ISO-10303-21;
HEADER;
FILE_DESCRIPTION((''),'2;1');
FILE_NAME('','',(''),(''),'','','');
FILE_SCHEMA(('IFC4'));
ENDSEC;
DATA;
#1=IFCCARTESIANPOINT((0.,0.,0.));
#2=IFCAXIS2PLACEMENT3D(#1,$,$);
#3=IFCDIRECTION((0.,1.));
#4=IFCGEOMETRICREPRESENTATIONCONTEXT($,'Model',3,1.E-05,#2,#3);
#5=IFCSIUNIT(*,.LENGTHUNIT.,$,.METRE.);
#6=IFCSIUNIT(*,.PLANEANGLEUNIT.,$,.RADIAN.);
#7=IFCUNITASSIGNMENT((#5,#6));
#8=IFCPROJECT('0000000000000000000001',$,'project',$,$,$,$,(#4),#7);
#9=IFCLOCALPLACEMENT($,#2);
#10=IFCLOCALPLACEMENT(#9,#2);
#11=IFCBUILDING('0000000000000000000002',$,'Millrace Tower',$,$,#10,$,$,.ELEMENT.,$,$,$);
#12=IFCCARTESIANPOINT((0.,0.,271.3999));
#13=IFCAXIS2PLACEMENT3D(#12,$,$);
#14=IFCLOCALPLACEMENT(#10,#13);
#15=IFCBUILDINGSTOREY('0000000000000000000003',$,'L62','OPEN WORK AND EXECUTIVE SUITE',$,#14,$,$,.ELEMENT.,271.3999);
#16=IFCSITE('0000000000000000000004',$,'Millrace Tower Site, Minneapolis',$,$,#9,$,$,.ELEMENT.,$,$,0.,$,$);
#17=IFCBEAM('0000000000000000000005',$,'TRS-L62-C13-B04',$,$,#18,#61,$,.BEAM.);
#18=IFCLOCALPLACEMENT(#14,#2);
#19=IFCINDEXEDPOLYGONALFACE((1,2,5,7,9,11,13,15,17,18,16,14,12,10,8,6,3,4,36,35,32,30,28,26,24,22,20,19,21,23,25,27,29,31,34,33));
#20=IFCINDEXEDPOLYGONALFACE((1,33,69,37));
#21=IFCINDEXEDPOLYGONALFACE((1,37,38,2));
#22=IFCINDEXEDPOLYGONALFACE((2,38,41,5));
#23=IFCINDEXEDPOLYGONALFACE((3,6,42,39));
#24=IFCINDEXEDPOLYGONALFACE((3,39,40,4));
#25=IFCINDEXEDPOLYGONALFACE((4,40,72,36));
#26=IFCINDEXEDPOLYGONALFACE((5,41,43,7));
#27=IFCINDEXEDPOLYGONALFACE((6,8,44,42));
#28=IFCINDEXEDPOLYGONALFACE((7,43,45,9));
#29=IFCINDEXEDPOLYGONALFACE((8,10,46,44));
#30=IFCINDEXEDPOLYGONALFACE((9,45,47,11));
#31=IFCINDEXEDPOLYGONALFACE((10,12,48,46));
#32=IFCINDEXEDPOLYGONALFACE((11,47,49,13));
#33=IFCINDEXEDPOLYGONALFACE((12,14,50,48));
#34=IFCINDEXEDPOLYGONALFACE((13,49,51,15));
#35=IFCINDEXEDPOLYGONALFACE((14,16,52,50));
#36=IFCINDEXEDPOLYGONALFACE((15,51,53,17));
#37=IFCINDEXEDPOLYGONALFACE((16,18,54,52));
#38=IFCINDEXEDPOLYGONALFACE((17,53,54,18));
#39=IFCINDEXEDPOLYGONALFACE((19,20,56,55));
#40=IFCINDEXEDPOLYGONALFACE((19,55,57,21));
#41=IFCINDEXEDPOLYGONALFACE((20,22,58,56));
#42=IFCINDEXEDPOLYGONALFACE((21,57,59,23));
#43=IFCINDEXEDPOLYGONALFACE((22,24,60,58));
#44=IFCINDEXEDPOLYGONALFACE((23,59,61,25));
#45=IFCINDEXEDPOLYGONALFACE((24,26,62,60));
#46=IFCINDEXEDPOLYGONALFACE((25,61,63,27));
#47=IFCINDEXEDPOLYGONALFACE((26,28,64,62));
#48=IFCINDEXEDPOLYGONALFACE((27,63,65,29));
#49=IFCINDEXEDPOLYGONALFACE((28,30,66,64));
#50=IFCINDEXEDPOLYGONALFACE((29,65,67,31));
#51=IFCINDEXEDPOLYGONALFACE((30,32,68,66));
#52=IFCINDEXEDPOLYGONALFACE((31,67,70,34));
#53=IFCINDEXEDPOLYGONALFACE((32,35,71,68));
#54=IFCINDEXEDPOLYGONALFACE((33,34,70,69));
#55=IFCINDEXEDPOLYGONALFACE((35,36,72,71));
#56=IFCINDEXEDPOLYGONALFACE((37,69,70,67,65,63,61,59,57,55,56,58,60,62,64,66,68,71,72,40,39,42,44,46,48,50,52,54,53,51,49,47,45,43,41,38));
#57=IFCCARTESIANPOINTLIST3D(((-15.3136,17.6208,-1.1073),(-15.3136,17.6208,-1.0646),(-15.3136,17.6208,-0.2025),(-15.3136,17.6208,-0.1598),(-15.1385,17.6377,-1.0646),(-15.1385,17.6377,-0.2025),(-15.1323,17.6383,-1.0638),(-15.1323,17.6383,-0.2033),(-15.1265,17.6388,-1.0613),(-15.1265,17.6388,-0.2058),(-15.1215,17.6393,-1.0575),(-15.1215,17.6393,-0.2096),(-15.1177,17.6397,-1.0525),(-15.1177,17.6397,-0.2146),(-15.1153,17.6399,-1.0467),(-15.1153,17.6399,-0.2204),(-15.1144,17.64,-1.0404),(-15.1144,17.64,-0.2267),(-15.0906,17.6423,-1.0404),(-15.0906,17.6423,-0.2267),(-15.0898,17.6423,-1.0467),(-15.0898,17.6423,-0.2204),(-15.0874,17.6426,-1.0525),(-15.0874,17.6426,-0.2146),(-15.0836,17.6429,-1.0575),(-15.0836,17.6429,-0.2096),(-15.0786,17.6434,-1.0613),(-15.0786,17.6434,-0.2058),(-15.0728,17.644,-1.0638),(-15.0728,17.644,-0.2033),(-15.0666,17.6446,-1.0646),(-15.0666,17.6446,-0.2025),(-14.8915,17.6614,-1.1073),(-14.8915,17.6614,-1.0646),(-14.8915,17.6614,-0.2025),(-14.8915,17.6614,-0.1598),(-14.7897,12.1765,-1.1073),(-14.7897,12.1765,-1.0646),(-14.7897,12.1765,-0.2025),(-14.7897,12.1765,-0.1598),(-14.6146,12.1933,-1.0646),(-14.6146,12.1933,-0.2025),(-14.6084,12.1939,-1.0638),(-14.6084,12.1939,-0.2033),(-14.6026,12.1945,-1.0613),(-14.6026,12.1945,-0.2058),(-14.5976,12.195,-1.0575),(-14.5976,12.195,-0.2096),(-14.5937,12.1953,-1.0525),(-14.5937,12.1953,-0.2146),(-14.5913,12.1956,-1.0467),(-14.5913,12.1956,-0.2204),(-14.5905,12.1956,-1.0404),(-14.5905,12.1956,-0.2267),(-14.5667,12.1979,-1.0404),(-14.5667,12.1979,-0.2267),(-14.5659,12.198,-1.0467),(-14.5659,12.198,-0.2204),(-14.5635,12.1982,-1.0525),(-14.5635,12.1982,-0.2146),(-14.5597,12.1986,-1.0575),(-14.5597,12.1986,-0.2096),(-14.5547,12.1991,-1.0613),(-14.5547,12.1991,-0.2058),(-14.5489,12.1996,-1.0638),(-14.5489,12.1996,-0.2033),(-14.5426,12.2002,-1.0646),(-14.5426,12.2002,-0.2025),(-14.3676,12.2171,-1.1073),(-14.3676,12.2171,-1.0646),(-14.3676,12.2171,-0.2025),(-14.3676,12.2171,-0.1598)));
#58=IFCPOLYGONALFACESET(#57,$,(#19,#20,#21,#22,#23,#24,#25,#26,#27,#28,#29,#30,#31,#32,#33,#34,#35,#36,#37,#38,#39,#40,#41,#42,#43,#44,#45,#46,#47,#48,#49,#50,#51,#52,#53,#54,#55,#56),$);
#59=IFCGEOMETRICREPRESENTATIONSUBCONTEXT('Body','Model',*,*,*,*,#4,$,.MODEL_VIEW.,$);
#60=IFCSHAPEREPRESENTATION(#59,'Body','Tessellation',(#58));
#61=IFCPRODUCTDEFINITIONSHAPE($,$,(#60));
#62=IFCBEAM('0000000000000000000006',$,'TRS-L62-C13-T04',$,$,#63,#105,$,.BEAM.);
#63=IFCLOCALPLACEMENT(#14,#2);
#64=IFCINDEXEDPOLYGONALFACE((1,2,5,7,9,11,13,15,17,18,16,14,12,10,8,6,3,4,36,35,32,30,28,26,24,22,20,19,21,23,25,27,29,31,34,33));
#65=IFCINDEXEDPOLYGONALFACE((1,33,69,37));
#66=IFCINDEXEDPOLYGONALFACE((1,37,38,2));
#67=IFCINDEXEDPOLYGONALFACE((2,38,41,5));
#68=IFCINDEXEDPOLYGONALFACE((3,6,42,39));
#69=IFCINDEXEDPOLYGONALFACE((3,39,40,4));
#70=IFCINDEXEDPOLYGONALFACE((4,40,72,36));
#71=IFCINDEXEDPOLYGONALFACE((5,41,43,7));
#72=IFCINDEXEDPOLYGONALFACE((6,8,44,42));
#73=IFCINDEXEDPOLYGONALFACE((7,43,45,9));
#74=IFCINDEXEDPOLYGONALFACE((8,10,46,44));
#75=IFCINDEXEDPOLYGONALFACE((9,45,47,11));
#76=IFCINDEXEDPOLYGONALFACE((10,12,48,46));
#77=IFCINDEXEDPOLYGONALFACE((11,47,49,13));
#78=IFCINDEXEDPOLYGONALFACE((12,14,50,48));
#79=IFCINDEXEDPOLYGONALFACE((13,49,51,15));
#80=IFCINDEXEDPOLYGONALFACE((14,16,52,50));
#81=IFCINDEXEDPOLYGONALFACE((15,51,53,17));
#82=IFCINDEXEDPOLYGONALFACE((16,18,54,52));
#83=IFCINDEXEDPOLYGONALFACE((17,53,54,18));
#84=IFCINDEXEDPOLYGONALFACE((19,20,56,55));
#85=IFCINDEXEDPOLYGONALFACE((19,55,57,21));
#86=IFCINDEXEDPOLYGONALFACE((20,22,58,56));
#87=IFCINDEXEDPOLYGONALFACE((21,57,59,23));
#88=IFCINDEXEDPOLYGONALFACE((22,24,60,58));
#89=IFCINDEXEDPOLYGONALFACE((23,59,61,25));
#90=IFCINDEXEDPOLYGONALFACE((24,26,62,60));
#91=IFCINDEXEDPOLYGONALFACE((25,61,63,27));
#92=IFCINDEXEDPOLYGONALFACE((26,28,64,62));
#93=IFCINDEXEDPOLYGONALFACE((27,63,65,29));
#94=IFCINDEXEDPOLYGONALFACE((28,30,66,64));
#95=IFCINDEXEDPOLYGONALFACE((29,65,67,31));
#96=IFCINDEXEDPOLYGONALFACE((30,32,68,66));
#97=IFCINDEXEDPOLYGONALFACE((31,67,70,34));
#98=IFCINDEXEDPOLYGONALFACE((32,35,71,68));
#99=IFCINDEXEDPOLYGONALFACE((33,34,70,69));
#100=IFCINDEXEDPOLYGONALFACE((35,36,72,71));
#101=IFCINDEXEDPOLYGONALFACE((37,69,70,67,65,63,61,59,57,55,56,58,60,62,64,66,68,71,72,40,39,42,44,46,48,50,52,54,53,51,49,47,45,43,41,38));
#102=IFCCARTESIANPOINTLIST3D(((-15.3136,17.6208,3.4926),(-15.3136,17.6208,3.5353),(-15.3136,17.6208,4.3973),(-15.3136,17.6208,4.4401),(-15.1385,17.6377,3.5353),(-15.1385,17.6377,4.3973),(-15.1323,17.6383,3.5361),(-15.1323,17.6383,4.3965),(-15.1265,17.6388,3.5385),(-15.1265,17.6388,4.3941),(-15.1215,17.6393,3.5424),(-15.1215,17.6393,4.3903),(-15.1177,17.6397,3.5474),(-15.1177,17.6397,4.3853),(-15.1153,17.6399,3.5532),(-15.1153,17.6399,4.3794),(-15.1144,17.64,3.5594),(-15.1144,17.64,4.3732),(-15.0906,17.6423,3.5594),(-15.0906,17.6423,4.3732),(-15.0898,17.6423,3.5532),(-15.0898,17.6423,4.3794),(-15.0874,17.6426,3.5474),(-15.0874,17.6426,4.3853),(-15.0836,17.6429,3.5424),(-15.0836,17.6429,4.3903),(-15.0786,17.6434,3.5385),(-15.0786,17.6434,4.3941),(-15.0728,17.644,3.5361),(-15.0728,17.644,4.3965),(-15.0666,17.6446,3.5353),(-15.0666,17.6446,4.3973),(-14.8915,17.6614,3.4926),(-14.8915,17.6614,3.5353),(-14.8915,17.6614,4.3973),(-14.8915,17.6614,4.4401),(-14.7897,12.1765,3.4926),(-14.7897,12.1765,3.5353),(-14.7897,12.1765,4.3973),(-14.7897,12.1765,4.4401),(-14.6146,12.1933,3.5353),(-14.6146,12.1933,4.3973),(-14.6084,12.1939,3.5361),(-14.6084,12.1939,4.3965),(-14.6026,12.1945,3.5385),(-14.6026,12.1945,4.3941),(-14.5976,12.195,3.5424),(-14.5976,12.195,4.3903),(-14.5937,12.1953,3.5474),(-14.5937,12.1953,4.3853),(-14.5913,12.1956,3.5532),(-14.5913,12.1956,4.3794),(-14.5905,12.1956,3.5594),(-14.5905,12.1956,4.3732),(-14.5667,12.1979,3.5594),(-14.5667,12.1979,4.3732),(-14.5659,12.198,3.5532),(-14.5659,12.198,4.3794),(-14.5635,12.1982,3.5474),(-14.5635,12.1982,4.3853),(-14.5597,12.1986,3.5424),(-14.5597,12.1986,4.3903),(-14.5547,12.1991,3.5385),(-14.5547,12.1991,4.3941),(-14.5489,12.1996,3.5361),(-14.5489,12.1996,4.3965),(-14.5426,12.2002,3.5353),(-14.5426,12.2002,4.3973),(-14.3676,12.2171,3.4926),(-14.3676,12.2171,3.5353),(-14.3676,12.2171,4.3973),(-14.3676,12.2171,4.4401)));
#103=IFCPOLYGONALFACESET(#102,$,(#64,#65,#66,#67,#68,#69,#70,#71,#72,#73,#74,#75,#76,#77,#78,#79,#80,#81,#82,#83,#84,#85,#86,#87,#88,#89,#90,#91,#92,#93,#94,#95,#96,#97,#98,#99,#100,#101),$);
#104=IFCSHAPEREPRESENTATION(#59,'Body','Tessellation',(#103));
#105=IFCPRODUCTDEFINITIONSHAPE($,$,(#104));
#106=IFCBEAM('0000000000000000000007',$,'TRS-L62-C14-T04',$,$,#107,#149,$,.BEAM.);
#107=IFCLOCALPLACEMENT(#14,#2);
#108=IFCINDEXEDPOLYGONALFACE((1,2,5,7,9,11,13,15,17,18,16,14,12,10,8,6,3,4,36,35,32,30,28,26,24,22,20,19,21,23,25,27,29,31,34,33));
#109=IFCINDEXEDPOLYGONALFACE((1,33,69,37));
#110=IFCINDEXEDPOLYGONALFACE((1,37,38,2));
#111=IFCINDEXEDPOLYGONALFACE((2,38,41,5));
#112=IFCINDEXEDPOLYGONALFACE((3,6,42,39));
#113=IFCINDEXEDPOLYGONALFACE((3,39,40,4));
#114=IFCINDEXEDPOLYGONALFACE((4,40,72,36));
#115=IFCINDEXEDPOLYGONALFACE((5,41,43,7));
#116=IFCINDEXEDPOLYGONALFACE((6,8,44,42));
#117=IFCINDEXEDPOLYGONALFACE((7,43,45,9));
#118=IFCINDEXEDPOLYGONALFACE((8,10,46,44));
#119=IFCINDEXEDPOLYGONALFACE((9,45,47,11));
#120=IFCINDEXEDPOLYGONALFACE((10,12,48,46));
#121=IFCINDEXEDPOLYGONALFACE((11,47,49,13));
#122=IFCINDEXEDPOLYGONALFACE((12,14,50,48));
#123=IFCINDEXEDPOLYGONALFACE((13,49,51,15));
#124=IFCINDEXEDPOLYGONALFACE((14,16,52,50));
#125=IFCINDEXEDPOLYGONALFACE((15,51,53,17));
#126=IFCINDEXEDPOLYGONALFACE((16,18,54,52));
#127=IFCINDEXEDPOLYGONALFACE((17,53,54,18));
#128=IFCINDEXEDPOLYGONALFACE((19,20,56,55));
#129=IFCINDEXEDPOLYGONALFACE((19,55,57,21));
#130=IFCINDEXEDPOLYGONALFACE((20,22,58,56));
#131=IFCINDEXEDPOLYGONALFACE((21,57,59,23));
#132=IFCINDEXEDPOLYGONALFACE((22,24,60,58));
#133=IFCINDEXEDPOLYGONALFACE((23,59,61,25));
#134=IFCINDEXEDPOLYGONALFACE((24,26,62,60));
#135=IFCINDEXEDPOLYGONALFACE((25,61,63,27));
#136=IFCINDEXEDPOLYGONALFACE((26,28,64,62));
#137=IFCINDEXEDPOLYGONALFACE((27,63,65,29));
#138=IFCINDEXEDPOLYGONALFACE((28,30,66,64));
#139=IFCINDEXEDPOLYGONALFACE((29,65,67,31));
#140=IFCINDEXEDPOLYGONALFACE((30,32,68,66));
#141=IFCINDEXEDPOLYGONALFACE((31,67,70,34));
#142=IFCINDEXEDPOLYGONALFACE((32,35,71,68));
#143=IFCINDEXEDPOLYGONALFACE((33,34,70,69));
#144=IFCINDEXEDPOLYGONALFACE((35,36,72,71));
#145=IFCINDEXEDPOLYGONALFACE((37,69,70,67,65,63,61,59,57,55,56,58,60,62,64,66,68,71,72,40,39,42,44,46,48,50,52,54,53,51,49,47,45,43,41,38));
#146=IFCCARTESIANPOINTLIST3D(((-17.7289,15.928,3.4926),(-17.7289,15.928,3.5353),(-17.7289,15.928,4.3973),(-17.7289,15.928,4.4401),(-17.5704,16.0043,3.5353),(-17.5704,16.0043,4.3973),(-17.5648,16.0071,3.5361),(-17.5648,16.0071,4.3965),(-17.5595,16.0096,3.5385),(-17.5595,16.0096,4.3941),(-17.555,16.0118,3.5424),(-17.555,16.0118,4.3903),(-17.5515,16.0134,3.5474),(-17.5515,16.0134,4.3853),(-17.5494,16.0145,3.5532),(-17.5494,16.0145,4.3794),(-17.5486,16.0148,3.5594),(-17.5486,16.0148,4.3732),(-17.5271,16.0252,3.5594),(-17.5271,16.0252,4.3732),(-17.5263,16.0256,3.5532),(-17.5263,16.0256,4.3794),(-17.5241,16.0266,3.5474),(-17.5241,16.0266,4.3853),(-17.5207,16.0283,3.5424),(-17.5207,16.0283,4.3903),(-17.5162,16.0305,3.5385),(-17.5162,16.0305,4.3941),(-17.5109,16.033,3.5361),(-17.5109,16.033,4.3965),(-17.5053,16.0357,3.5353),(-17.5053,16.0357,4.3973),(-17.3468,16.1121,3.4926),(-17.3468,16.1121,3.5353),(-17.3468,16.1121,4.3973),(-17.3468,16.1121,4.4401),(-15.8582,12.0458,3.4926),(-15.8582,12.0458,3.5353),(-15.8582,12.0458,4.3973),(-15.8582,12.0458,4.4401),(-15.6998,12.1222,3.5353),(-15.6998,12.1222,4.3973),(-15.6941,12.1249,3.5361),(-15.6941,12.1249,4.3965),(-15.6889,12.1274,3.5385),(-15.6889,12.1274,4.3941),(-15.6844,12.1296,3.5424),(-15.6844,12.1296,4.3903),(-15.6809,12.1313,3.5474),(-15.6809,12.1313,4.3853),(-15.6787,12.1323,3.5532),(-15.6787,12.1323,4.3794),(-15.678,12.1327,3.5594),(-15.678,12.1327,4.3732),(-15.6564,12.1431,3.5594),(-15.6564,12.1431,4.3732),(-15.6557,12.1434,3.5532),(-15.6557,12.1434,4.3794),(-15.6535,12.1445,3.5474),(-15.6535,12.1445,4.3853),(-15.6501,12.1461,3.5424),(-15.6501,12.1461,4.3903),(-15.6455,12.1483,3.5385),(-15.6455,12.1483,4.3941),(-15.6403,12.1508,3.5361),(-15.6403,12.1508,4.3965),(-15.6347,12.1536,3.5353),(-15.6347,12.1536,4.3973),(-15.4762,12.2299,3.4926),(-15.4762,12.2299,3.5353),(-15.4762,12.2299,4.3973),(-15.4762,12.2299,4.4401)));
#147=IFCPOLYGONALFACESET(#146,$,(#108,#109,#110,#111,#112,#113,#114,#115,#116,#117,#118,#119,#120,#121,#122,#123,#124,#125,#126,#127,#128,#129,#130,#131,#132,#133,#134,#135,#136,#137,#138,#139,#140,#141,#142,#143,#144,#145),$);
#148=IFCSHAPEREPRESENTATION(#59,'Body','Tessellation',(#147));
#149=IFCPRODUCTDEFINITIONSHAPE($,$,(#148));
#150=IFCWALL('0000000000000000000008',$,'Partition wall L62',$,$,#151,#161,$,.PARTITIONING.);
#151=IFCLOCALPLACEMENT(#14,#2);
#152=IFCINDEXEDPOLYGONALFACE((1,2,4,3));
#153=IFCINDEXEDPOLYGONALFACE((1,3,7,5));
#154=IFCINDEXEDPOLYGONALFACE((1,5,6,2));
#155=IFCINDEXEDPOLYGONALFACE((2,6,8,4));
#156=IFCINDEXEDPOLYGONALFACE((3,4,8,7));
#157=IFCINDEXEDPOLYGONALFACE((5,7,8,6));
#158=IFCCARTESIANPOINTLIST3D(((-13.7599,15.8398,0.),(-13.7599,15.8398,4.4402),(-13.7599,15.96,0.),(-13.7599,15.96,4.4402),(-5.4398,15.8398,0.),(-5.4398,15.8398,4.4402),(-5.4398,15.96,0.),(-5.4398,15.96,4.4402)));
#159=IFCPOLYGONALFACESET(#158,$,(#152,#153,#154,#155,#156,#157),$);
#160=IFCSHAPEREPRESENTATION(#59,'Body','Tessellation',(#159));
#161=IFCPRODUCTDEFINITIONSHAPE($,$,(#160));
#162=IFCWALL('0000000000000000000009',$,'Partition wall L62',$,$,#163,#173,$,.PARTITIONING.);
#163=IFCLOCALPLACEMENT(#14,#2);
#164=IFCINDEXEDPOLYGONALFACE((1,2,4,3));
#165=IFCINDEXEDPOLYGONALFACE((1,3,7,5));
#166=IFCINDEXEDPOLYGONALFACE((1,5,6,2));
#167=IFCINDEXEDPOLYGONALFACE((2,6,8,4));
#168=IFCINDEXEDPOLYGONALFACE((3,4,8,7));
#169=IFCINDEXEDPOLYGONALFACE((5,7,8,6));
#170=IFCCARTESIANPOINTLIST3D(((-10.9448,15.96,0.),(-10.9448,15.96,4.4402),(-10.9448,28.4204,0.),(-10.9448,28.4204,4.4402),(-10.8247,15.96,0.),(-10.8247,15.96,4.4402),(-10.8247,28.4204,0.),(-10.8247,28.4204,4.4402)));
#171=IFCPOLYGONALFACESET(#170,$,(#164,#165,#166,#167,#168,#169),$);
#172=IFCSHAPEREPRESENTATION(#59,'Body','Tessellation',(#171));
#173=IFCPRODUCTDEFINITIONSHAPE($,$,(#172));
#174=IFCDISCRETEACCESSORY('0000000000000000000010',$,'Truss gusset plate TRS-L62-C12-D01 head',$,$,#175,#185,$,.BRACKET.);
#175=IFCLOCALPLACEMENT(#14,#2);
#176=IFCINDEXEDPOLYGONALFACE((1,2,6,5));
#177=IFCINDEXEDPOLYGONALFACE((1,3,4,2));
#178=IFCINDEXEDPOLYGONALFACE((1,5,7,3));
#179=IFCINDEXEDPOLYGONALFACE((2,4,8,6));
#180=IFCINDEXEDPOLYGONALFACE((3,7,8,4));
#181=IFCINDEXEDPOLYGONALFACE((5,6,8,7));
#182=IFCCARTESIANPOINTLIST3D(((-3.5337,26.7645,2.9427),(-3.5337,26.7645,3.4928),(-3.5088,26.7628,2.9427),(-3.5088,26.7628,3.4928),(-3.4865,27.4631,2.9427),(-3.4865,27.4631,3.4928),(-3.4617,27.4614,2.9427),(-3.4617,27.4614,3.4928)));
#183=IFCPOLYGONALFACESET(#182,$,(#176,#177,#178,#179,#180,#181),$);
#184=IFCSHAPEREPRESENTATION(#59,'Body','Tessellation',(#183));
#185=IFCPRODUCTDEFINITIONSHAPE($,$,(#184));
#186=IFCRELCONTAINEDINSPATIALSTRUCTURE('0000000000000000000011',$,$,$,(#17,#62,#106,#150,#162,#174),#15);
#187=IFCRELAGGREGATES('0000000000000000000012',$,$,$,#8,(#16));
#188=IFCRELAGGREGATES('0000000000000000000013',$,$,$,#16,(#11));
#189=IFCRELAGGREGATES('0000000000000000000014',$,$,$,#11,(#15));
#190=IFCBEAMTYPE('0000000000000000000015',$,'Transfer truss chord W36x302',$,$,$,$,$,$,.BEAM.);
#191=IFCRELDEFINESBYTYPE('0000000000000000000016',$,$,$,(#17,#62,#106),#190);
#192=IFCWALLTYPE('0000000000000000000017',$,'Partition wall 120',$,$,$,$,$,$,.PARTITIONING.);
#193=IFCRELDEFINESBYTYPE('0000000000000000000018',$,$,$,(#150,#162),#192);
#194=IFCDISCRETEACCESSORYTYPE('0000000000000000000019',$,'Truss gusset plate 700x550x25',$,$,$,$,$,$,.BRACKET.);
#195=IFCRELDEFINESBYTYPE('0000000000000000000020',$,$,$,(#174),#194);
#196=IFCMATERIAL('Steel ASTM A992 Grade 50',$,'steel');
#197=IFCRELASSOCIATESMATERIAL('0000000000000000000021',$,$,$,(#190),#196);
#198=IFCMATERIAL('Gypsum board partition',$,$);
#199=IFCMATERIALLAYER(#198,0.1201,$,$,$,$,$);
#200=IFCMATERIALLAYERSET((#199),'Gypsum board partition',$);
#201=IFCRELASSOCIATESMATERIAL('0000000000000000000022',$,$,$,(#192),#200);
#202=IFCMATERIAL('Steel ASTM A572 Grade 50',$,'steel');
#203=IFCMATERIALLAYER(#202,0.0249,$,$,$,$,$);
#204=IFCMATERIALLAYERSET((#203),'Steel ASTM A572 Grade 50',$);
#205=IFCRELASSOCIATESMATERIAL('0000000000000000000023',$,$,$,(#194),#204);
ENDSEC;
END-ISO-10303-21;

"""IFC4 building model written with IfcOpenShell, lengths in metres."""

from ifc_helpers import new_model, si_unit, direction, frame, frame_2d, origin, origin_2d, place, context, subcontext, project, spatial, rectangle, i_section, extrude, material, layer, layer_set, material_profile, profile_set, type_object, element, save


model = new_model("IFC4")

# Units and contexts
model_context = context("Model", 3, precision=1e-05, world=origin(), true_north=direction((0.0, 1.0)))
body_context = subcontext(model_context, "Body", "Model", "MODEL_VIEW")
ifc_project = project(units=[si_unit("LENGTHUNIT", "METRE"), si_unit("PLANEANGLEUNIT", "RADIAN")], contexts=[model_context])

# Site, building, storey
site_placement = place(None, origin())
site = spatial("IfcSite", under=ifc_project, at=site_placement, Name="Millrace Tower Site, Minneapolis", CompositionType="ELEMENT", RefElevation=0.0)
building_placement = place(site_placement, origin())
building = spatial("IfcBuilding", under=site, at=building_placement, Name="Millrace Tower", CompositionType="ELEMENT")
storey_placement = place(building_placement, frame((0.0, 0.0, 271.3999)))
storey = spatial("IfcBuildingStorey", under=building, at=storey_placement, Name="L62", Description="OPEN WORK AND EXECUTIVE SUITE", CompositionType="ELEMENT", Elevation=271.3999)

# Beams
ifc_material_1 = material(Name="Steel ASTM A992 Grade 50", Category="steel")
ifc_material_profile_1 = material_profile(ifc_material_1, i_section(OverallWidth=0.4241, OverallDepth=0.9475, WebThickness=0.0239, FlangeThickness=0.0427, FilletRadius=0.0242, at=origin_2d()))
ifc_profile_set_1 = profile_set([ifc_material_profile_1], Name="Steel ASTM A992 Grade 50")
beam_type_1 = type_object("IfcBeamType", Name="Transfer truss chord W36x302", PredefinedType="BEAM", material=ifc_profile_set_1)
for number, where, z_axis, x_axis, name in (
    (1, (-15.1025, 17.6411, -0.6335), (0.095791, -0.995402, 0.0), (0.995402, 0.095791, 0.0), "TRS-L62-C13-B04"),
    (2, (-15.1025, 17.6411, 3.9663), (0.095791, -0.995402, 0.0), (0.995402, 0.095791, 0.0), "TRS-L62-C13-T04"),
):
    element("IfcBeam", number, at=place(storey_placement, frame(where, z_axis=z_axis, x_axis=x_axis)), inside=storey, type_object=beam_type_1, Name=name, PredefinedType="BEAM", context=body_context, shape_type="SweptSolid", body=[
        extrude(i_section(OverallWidth=0.4241, OverallDepth=0.9475, WebThickness=0.0239, FlangeThickness=0.0427, FilletRadius=0.0242, at=origin_2d()), origin(), (0.0, 0.0, 1.0), 5.4695),
    ])
beam_1_placement = place(storey_placement, frame((-17.5378, 16.02, 3.9663), z_axis=(0.43409, -0.90087, 0.0), x_axis=(0.90087, 0.43409, 0.0)))
element("IfcBeam", 3, at=beam_1_placement, inside=storey, type_object=beam_type_1, Name="TRS-L62-C14-T04", PredefinedType="BEAM", context=body_context, shape_type="SweptSolid", body=[
    extrude(i_section(OverallWidth=0.4241, OverallDepth=0.9475, WebThickness=0.0239, FlangeThickness=0.0427, FilletRadius=0.0242, at=origin_2d()), origin(), (0.0, 0.0, 1.0), 4.3093),
])

# Walls
ifc_material_2 = material(Name="Gypsum board partition")
ifc_layer_1 = layer(ifc_material_2, 0.1201)
ifc_layer_set_1 = layer_set([ifc_layer_1], Name="Gypsum board partition")
wall_type = type_object("IfcWallType", Name="Partition wall 120", PredefinedType="PARTITIONING", material=ifc_layer_set_1)
wall_1_placement = place(storey_placement, frame((-13.76, 15.8999, 0.0), z_axis=(0.0, 0.0, 1.0), x_axis=(1.0, 0.0, 0.0)))
element("IfcWall", 4, at=wall_1_placement, inside=storey, type_object=wall_type, Name="Partition wall L62", PredefinedType="PARTITIONING", context=body_context, shape_type="SweptSolid", body=[
    extrude(rectangle(XDim=8.3201, YDim=0.1201, at=frame_2d((4.1602, 0.0))), origin(), (0.0, 0.0, 1.0), 4.4402),
])
wall_2_placement = place(storey_placement, frame((-10.8848, 15.96, 0.0), z_axis=(0.0, 0.0, 1.0), x_axis=(0.0, 1.0, 0.0)))
element("IfcWall", 5, at=wall_2_placement, inside=storey, type_object=wall_type, Name="Partition wall L62", PredefinedType="PARTITIONING", context=body_context, shape_type="SweptSolid", body=[
    extrude(rectangle(XDim=12.4604, YDim=0.1201, at=frame_2d((6.2302, 0.0))), origin(), (0.0, 0.0, 1.0), 4.4402),
])

# Discrete accessory
ifc_material_3 = material(Name="Steel ASTM A572 Grade 50", Category="steel")
ifc_layer_2 = layer(ifc_material_3, 0.0249)
ifc_layer_set_2 = layer_set([ifc_layer_2], Name="Steel ASTM A572 Grade 50")
discrete_accessory_type = type_object("IfcDiscreteAccessoryType", Name="Truss gusset plate 700x550x25", PredefinedType="BRACKET", material=ifc_layer_set_2)
discrete_accessory_placement = place(storey_placement, frame((-3.5212, 26.7637, 3.2178), z_axis=(0.067306, 0.997732, 0.0), x_axis=(-0.997732, 0.067306, 0.0)))
element("IfcDiscreteAccessory", 6, at=discrete_accessory_placement, inside=storey, type_object=discrete_accessory_type, Name="Truss gusset plate TRS-L62-C12-D01 head", PredefinedType="BRACKET", context=body_context, shape_type="SweptSolid", body=[
    extrude(rectangle(XDim=0.0249, YDim=0.55, at=origin_2d()), origin(), (0.0, 0.0, 1.0), 0.7002),
])

save(model, "model.ifc")
